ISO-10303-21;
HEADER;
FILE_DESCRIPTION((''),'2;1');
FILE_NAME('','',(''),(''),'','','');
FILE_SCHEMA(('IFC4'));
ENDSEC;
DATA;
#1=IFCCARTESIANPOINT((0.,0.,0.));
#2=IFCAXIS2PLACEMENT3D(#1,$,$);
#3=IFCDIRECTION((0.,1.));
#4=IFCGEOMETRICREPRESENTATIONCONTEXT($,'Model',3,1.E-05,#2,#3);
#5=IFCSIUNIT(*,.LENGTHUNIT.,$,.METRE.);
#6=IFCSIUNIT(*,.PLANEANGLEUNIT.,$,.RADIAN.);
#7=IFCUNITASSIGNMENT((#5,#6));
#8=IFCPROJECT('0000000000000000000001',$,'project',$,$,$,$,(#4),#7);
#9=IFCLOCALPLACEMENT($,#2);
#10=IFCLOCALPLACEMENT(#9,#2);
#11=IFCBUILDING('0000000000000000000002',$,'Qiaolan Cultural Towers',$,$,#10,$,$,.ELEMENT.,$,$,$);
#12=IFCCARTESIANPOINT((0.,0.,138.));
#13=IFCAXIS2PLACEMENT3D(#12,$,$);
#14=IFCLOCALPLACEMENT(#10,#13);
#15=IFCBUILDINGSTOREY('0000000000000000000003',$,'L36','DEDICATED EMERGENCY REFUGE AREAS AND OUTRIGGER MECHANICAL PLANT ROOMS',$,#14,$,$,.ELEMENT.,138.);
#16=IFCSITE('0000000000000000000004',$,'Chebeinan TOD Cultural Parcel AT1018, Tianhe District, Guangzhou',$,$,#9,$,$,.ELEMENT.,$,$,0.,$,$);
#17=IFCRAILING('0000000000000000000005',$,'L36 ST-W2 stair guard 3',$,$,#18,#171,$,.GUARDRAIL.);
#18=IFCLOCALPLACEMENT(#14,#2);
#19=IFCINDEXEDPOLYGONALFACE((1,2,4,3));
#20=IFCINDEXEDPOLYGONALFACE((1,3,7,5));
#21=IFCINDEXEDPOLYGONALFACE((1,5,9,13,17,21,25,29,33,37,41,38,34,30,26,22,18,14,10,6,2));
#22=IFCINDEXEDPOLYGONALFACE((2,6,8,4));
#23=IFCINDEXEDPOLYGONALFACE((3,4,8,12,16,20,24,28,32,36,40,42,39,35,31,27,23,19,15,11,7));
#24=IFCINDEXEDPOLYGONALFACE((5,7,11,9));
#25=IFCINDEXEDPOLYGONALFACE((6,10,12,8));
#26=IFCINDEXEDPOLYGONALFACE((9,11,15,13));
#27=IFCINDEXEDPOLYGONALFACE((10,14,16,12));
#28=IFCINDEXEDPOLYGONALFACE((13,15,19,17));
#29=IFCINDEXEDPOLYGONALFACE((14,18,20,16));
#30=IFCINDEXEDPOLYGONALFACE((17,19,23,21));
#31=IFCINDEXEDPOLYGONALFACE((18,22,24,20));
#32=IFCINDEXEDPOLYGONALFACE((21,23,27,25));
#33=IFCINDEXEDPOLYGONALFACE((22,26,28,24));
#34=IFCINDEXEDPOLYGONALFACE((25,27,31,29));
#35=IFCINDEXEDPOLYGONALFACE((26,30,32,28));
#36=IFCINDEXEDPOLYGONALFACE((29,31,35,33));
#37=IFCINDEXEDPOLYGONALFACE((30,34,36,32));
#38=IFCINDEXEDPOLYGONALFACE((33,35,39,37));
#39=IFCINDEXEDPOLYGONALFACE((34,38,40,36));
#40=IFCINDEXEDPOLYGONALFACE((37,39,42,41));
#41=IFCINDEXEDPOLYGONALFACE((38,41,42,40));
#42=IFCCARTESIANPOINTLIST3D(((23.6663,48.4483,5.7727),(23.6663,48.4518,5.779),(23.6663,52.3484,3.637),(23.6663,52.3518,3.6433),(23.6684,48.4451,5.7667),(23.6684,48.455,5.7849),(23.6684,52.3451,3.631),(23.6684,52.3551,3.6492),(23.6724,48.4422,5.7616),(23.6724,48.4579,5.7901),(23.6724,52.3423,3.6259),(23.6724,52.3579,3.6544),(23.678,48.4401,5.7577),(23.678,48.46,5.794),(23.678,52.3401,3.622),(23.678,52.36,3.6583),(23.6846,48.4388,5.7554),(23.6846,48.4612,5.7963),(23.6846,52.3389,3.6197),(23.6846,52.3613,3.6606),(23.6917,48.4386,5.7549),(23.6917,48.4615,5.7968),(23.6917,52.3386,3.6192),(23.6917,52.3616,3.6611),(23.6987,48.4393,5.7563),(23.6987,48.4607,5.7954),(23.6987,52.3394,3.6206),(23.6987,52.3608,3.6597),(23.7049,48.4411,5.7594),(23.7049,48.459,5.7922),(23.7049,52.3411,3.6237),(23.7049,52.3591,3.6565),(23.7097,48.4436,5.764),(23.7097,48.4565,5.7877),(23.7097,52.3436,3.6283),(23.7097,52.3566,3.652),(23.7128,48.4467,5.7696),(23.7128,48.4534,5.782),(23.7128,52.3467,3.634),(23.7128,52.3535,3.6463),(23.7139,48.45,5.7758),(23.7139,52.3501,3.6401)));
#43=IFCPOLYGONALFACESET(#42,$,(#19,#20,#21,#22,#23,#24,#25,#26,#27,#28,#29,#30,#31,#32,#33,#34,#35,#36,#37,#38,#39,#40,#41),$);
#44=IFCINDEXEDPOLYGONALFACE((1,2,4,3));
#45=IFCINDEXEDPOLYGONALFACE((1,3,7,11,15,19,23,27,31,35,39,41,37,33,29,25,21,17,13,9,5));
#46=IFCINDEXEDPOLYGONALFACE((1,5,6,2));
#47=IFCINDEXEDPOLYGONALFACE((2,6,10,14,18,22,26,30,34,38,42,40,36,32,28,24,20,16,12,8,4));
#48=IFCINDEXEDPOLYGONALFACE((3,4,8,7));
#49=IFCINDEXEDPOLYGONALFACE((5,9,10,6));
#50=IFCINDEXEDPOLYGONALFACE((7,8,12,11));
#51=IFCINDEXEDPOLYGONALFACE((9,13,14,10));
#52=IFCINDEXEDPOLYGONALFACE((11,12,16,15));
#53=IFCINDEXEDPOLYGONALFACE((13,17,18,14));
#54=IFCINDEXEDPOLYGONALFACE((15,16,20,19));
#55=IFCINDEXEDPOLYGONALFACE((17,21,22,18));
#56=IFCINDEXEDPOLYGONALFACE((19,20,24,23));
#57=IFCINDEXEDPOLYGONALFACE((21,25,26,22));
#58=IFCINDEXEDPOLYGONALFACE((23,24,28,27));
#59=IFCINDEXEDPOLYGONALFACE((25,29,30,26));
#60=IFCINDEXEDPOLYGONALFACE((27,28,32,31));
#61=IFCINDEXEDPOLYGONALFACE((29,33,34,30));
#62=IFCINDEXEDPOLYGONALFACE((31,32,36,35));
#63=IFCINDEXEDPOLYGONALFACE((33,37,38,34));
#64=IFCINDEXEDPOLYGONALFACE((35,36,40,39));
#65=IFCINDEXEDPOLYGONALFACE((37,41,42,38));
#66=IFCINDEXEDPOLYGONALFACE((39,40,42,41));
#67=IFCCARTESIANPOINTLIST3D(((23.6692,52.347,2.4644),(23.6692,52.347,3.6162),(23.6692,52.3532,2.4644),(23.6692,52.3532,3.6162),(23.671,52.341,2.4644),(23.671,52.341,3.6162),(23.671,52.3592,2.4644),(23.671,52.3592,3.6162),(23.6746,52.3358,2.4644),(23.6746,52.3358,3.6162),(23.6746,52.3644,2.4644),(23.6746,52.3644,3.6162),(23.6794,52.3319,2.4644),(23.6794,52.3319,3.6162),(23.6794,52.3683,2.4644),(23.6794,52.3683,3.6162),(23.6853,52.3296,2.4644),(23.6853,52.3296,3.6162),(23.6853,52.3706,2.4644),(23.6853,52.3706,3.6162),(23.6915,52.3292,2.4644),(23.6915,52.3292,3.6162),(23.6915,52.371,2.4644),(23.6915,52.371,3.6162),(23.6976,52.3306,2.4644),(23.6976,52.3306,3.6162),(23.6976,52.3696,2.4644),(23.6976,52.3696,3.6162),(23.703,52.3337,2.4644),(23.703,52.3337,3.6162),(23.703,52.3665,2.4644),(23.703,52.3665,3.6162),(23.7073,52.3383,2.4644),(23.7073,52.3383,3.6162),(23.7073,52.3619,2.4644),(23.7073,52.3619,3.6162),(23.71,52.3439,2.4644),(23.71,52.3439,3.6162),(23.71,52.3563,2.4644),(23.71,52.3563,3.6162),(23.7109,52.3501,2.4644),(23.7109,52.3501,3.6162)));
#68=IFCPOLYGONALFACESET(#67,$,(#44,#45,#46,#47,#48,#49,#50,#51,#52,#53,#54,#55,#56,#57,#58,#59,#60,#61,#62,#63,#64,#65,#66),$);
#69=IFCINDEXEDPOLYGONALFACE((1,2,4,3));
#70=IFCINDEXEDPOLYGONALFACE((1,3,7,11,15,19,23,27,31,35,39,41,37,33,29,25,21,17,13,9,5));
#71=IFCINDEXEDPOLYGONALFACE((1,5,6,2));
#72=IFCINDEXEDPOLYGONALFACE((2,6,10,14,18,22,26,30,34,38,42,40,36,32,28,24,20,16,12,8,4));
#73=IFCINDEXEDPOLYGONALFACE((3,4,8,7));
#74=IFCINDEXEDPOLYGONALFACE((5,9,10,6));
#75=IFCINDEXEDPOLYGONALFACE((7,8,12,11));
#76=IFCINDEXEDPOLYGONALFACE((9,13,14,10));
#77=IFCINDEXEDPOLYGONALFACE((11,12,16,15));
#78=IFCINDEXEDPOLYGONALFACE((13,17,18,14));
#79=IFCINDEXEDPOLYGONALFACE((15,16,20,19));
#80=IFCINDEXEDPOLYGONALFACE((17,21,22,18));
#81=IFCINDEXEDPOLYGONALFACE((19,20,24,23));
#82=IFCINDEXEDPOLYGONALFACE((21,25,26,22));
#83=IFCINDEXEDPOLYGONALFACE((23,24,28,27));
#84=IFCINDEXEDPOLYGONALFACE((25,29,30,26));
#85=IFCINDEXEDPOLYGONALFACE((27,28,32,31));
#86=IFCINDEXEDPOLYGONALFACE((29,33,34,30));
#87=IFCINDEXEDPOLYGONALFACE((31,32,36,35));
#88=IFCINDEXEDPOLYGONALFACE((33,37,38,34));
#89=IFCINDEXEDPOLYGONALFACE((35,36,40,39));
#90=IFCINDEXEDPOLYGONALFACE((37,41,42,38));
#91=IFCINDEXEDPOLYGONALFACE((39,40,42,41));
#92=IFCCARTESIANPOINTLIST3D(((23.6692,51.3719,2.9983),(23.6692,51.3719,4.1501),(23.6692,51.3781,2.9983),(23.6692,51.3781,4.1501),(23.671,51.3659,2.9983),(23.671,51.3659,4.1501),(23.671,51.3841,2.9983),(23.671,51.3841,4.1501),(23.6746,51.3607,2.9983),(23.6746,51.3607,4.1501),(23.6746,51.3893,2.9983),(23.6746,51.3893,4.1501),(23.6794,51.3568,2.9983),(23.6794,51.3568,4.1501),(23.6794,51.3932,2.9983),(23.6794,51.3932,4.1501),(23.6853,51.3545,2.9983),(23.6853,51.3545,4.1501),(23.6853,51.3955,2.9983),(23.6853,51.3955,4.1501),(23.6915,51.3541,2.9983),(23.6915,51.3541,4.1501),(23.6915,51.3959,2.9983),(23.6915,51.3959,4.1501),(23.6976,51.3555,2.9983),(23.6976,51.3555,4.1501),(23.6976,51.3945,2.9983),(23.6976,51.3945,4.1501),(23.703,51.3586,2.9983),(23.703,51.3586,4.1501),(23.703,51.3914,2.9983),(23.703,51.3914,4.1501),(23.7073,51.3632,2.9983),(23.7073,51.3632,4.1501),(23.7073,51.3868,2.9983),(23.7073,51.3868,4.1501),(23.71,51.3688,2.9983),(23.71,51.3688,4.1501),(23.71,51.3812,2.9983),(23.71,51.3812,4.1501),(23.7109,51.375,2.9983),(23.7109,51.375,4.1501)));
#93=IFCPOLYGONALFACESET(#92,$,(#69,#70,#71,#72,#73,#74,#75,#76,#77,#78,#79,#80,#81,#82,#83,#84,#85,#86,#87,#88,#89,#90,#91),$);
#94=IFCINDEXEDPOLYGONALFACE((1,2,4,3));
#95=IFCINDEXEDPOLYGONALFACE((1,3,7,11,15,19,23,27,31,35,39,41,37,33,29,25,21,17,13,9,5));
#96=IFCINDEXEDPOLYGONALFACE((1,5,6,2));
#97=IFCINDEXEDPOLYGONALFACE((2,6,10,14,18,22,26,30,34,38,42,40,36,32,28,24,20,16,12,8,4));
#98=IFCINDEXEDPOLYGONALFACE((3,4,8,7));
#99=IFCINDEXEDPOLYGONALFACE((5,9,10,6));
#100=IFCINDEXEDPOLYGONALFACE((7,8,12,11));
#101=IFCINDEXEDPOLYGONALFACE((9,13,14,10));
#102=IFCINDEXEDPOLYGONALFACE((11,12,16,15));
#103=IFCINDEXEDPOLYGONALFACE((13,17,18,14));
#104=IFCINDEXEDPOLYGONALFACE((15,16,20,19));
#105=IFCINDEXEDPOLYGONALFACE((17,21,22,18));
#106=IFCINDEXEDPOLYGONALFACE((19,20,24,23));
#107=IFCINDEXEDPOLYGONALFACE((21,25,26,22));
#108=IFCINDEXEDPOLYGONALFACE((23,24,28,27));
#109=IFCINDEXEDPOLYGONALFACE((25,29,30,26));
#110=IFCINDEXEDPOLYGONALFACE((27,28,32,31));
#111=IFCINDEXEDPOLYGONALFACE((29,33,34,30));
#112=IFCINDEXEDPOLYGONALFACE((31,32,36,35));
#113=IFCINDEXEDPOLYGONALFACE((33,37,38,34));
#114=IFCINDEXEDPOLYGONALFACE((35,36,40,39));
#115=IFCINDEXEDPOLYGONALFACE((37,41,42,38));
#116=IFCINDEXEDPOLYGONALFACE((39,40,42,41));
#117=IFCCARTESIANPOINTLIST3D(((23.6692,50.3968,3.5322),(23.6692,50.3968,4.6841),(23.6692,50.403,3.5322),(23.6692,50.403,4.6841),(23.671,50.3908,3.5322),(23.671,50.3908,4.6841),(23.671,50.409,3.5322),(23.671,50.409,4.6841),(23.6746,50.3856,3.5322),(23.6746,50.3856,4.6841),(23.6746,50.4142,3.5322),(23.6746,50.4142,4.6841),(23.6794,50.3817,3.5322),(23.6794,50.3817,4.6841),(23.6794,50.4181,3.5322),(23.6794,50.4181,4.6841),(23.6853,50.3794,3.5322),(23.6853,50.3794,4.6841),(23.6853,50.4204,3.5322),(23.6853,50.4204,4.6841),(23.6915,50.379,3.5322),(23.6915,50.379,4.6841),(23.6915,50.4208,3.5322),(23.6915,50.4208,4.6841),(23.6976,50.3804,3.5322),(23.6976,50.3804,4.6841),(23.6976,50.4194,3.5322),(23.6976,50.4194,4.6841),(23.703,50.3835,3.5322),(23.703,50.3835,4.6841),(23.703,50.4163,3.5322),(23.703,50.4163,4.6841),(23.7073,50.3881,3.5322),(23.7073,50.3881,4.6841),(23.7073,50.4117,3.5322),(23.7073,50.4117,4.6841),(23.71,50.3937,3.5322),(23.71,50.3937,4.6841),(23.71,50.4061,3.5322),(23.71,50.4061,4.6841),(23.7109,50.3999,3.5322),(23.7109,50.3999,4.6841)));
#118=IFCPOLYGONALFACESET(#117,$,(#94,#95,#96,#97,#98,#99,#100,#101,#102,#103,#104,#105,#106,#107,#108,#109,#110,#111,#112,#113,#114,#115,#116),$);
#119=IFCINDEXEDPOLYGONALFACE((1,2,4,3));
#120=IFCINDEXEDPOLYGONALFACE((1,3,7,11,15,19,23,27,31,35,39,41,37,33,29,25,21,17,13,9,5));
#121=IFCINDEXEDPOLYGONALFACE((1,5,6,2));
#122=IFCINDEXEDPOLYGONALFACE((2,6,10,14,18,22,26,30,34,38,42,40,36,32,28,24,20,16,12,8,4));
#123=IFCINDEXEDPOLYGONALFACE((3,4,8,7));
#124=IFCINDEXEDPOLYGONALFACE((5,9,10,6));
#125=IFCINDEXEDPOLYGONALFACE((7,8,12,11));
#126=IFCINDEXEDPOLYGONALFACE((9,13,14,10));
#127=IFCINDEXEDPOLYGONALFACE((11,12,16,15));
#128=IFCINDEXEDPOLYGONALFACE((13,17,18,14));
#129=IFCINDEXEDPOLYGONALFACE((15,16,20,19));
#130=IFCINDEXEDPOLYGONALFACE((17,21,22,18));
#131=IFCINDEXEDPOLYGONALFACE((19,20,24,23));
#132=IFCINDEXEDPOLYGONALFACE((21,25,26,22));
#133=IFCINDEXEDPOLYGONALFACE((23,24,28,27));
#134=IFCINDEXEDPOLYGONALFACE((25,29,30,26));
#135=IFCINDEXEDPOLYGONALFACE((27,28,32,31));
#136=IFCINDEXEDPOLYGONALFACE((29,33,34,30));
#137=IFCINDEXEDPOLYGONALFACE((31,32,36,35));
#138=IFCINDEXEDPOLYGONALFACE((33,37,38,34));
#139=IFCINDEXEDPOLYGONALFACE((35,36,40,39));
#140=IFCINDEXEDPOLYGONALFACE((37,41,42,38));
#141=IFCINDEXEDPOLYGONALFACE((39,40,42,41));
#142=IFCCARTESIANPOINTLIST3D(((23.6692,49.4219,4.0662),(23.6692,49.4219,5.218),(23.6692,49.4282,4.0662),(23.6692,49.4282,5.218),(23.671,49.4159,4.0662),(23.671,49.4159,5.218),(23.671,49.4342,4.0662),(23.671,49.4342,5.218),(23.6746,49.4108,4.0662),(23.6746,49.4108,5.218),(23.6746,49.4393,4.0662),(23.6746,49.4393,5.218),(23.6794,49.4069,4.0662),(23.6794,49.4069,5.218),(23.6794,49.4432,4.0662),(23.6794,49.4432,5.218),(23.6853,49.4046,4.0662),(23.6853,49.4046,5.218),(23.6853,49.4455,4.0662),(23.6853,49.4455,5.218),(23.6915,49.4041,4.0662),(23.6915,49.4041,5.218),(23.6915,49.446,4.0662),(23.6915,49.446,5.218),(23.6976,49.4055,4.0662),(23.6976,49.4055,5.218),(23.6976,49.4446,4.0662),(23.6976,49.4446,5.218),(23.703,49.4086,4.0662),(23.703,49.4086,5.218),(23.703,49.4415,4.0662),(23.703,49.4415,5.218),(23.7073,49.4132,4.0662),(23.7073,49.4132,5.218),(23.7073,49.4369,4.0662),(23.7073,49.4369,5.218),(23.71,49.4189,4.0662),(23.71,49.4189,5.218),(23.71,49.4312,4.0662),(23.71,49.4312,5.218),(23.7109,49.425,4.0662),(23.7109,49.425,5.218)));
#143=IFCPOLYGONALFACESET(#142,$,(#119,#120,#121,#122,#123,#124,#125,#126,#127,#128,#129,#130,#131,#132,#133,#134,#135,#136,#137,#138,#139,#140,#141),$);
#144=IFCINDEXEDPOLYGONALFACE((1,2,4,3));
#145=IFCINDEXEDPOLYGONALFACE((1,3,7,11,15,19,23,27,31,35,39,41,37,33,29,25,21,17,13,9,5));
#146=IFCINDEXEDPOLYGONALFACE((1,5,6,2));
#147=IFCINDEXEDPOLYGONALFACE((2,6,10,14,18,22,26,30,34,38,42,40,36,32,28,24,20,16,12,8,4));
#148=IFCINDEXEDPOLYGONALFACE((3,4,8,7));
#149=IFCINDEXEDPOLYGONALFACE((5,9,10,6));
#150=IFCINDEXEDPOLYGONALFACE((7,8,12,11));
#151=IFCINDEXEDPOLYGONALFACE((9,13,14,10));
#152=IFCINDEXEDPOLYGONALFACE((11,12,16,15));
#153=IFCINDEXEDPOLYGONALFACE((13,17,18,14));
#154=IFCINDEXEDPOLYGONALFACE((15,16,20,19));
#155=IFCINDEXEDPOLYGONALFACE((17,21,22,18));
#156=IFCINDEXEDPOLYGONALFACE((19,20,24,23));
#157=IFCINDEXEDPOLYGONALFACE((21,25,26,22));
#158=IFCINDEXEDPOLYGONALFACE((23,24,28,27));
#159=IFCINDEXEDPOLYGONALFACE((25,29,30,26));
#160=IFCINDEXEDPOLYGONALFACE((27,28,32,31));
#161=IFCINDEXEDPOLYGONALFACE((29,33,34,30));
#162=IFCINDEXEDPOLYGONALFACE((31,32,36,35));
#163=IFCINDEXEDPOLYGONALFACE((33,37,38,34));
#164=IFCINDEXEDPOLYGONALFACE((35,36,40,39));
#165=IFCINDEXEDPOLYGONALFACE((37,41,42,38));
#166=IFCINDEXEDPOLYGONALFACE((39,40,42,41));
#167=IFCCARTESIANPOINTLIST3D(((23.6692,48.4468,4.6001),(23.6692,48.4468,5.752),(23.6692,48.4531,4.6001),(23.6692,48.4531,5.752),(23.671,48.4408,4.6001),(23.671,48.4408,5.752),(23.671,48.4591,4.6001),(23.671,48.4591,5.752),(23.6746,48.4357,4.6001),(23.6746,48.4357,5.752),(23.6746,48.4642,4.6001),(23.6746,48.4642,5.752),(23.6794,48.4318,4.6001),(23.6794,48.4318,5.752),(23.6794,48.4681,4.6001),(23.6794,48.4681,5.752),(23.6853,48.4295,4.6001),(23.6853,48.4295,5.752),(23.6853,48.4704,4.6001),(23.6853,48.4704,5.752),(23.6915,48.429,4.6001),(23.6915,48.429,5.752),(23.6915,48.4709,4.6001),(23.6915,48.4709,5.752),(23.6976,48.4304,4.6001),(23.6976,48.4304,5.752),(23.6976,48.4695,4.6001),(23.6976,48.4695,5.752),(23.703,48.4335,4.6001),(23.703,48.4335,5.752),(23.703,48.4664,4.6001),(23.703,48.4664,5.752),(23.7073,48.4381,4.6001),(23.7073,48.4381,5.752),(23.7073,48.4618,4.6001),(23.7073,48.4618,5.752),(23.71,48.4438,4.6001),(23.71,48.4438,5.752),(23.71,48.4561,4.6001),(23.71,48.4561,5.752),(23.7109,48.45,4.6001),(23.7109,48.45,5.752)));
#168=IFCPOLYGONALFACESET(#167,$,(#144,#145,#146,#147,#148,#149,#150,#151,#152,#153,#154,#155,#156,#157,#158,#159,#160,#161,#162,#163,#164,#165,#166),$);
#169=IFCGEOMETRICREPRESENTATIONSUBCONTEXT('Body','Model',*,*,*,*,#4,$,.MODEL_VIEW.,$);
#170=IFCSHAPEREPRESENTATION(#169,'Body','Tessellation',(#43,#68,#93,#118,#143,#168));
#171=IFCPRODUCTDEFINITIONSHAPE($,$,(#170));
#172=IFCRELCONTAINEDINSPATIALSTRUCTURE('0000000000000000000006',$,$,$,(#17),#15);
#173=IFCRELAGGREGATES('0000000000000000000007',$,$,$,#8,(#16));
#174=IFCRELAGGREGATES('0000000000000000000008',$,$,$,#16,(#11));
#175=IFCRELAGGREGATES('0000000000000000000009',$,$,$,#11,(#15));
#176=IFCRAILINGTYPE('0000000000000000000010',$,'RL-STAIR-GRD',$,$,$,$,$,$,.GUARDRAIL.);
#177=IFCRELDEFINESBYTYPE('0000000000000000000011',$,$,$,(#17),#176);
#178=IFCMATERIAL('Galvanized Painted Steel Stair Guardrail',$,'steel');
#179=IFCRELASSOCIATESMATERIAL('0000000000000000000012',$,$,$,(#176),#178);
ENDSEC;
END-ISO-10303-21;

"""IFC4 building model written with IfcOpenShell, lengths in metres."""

from ifc_helpers import new_model, si_unit, direction, frame, origin, origin_2d, place, context, subcontext, project, spatial, circle, extrude, material, type_object, element, save


model = new_model("IFC4")

# Units and contexts
model_context = context("Model", 3, precision=1e-05, world=origin(), true_north=direction((0.0, 1.0)))
body_context = subcontext(model_context, "Body", "Model", "MODEL_VIEW")
ifc_project = project(units=[si_unit("LENGTHUNIT", "METRE"), si_unit("PLANEANGLEUNIT", "RADIAN")], contexts=[model_context])

# Site, building, storey
site_placement = place(None, origin())
site = spatial("IfcSite", under=ifc_project, at=site_placement, Name="Chebeinan TOD Cultural Parcel AT1018, Tianhe District, Guangzhou", CompositionType="ELEMENT", RefElevation=0.0)
building_placement = place(site_placement, origin())
building = spatial("IfcBuilding", under=site, at=building_placement, Name="Qiaolan Cultural Towers", CompositionType="ELEMENT")
storey_placement = place(building_placement, frame((0.0, 0.0, 138.0)))
storey = spatial("IfcBuildingStorey", under=building, at=storey_placement, Name="L36", Description="DEDICATED EMERGENCY REFUGE AREAS AND OUTRIGGER MECHANICAL PLANT ROOMS", CompositionType="ELEMENT", Elevation=138.0)

# Railing
ifc_material_1 = material(Name="Galvanized Painted Steel Stair Guardrail", Category="steel")
railing_type_1 = type_object("IfcRailingType", Name="RL-STAIR-GRD", PredefinedType="GUARDRAIL", material=ifc_material_1)
railing_1_placement = place(storey_placement, frame((23.6899, 52.3501, 2.4644)))
element("IfcRailing", 1, at=railing_1_placement, inside=storey, type_object=railing_type_1, Name="L36 ST-W2 stair guard 3", PredefinedType="GUARDRAIL", context=body_context, shape_type="SweptSolid", body=[
    extrude(circle(Radius=0.0239, at=origin_2d()), frame((0.0, 0.0, 1.1758), z_axis=(0.0, -0.877101, 0.480306), x_axis=(1.0, 0.0, 0.0)), (0.0, 0.0, 1.0), 4.4465),
    extrude(circle(Radius=0.021, at=origin_2d()), origin(), (0.0, 0.0, 1.0), 1.1519),
    extrude(circle(Radius=0.021, at=origin_2d()), frame((0.0, -0.9751, 0.5339)), (0.0, 0.0, 1.0), 1.1519),
    extrude(circle(Radius=0.021, at=origin_2d()), frame((0.0, -1.9502, 1.0679)), (0.0, 0.0, 1.0), 1.1519),
    extrude(circle(Radius=0.021, at=origin_2d()), frame((0.0, -2.925, 1.6018)), (0.0, 0.0, 1.0), 1.1519),
    extrude(circle(Radius=0.021, at=origin_2d()), frame((0.0, -3.9001, 2.1357)), (0.0, 0.0, 1.0), 1.1519),
])

save(model, "model.ifc")
